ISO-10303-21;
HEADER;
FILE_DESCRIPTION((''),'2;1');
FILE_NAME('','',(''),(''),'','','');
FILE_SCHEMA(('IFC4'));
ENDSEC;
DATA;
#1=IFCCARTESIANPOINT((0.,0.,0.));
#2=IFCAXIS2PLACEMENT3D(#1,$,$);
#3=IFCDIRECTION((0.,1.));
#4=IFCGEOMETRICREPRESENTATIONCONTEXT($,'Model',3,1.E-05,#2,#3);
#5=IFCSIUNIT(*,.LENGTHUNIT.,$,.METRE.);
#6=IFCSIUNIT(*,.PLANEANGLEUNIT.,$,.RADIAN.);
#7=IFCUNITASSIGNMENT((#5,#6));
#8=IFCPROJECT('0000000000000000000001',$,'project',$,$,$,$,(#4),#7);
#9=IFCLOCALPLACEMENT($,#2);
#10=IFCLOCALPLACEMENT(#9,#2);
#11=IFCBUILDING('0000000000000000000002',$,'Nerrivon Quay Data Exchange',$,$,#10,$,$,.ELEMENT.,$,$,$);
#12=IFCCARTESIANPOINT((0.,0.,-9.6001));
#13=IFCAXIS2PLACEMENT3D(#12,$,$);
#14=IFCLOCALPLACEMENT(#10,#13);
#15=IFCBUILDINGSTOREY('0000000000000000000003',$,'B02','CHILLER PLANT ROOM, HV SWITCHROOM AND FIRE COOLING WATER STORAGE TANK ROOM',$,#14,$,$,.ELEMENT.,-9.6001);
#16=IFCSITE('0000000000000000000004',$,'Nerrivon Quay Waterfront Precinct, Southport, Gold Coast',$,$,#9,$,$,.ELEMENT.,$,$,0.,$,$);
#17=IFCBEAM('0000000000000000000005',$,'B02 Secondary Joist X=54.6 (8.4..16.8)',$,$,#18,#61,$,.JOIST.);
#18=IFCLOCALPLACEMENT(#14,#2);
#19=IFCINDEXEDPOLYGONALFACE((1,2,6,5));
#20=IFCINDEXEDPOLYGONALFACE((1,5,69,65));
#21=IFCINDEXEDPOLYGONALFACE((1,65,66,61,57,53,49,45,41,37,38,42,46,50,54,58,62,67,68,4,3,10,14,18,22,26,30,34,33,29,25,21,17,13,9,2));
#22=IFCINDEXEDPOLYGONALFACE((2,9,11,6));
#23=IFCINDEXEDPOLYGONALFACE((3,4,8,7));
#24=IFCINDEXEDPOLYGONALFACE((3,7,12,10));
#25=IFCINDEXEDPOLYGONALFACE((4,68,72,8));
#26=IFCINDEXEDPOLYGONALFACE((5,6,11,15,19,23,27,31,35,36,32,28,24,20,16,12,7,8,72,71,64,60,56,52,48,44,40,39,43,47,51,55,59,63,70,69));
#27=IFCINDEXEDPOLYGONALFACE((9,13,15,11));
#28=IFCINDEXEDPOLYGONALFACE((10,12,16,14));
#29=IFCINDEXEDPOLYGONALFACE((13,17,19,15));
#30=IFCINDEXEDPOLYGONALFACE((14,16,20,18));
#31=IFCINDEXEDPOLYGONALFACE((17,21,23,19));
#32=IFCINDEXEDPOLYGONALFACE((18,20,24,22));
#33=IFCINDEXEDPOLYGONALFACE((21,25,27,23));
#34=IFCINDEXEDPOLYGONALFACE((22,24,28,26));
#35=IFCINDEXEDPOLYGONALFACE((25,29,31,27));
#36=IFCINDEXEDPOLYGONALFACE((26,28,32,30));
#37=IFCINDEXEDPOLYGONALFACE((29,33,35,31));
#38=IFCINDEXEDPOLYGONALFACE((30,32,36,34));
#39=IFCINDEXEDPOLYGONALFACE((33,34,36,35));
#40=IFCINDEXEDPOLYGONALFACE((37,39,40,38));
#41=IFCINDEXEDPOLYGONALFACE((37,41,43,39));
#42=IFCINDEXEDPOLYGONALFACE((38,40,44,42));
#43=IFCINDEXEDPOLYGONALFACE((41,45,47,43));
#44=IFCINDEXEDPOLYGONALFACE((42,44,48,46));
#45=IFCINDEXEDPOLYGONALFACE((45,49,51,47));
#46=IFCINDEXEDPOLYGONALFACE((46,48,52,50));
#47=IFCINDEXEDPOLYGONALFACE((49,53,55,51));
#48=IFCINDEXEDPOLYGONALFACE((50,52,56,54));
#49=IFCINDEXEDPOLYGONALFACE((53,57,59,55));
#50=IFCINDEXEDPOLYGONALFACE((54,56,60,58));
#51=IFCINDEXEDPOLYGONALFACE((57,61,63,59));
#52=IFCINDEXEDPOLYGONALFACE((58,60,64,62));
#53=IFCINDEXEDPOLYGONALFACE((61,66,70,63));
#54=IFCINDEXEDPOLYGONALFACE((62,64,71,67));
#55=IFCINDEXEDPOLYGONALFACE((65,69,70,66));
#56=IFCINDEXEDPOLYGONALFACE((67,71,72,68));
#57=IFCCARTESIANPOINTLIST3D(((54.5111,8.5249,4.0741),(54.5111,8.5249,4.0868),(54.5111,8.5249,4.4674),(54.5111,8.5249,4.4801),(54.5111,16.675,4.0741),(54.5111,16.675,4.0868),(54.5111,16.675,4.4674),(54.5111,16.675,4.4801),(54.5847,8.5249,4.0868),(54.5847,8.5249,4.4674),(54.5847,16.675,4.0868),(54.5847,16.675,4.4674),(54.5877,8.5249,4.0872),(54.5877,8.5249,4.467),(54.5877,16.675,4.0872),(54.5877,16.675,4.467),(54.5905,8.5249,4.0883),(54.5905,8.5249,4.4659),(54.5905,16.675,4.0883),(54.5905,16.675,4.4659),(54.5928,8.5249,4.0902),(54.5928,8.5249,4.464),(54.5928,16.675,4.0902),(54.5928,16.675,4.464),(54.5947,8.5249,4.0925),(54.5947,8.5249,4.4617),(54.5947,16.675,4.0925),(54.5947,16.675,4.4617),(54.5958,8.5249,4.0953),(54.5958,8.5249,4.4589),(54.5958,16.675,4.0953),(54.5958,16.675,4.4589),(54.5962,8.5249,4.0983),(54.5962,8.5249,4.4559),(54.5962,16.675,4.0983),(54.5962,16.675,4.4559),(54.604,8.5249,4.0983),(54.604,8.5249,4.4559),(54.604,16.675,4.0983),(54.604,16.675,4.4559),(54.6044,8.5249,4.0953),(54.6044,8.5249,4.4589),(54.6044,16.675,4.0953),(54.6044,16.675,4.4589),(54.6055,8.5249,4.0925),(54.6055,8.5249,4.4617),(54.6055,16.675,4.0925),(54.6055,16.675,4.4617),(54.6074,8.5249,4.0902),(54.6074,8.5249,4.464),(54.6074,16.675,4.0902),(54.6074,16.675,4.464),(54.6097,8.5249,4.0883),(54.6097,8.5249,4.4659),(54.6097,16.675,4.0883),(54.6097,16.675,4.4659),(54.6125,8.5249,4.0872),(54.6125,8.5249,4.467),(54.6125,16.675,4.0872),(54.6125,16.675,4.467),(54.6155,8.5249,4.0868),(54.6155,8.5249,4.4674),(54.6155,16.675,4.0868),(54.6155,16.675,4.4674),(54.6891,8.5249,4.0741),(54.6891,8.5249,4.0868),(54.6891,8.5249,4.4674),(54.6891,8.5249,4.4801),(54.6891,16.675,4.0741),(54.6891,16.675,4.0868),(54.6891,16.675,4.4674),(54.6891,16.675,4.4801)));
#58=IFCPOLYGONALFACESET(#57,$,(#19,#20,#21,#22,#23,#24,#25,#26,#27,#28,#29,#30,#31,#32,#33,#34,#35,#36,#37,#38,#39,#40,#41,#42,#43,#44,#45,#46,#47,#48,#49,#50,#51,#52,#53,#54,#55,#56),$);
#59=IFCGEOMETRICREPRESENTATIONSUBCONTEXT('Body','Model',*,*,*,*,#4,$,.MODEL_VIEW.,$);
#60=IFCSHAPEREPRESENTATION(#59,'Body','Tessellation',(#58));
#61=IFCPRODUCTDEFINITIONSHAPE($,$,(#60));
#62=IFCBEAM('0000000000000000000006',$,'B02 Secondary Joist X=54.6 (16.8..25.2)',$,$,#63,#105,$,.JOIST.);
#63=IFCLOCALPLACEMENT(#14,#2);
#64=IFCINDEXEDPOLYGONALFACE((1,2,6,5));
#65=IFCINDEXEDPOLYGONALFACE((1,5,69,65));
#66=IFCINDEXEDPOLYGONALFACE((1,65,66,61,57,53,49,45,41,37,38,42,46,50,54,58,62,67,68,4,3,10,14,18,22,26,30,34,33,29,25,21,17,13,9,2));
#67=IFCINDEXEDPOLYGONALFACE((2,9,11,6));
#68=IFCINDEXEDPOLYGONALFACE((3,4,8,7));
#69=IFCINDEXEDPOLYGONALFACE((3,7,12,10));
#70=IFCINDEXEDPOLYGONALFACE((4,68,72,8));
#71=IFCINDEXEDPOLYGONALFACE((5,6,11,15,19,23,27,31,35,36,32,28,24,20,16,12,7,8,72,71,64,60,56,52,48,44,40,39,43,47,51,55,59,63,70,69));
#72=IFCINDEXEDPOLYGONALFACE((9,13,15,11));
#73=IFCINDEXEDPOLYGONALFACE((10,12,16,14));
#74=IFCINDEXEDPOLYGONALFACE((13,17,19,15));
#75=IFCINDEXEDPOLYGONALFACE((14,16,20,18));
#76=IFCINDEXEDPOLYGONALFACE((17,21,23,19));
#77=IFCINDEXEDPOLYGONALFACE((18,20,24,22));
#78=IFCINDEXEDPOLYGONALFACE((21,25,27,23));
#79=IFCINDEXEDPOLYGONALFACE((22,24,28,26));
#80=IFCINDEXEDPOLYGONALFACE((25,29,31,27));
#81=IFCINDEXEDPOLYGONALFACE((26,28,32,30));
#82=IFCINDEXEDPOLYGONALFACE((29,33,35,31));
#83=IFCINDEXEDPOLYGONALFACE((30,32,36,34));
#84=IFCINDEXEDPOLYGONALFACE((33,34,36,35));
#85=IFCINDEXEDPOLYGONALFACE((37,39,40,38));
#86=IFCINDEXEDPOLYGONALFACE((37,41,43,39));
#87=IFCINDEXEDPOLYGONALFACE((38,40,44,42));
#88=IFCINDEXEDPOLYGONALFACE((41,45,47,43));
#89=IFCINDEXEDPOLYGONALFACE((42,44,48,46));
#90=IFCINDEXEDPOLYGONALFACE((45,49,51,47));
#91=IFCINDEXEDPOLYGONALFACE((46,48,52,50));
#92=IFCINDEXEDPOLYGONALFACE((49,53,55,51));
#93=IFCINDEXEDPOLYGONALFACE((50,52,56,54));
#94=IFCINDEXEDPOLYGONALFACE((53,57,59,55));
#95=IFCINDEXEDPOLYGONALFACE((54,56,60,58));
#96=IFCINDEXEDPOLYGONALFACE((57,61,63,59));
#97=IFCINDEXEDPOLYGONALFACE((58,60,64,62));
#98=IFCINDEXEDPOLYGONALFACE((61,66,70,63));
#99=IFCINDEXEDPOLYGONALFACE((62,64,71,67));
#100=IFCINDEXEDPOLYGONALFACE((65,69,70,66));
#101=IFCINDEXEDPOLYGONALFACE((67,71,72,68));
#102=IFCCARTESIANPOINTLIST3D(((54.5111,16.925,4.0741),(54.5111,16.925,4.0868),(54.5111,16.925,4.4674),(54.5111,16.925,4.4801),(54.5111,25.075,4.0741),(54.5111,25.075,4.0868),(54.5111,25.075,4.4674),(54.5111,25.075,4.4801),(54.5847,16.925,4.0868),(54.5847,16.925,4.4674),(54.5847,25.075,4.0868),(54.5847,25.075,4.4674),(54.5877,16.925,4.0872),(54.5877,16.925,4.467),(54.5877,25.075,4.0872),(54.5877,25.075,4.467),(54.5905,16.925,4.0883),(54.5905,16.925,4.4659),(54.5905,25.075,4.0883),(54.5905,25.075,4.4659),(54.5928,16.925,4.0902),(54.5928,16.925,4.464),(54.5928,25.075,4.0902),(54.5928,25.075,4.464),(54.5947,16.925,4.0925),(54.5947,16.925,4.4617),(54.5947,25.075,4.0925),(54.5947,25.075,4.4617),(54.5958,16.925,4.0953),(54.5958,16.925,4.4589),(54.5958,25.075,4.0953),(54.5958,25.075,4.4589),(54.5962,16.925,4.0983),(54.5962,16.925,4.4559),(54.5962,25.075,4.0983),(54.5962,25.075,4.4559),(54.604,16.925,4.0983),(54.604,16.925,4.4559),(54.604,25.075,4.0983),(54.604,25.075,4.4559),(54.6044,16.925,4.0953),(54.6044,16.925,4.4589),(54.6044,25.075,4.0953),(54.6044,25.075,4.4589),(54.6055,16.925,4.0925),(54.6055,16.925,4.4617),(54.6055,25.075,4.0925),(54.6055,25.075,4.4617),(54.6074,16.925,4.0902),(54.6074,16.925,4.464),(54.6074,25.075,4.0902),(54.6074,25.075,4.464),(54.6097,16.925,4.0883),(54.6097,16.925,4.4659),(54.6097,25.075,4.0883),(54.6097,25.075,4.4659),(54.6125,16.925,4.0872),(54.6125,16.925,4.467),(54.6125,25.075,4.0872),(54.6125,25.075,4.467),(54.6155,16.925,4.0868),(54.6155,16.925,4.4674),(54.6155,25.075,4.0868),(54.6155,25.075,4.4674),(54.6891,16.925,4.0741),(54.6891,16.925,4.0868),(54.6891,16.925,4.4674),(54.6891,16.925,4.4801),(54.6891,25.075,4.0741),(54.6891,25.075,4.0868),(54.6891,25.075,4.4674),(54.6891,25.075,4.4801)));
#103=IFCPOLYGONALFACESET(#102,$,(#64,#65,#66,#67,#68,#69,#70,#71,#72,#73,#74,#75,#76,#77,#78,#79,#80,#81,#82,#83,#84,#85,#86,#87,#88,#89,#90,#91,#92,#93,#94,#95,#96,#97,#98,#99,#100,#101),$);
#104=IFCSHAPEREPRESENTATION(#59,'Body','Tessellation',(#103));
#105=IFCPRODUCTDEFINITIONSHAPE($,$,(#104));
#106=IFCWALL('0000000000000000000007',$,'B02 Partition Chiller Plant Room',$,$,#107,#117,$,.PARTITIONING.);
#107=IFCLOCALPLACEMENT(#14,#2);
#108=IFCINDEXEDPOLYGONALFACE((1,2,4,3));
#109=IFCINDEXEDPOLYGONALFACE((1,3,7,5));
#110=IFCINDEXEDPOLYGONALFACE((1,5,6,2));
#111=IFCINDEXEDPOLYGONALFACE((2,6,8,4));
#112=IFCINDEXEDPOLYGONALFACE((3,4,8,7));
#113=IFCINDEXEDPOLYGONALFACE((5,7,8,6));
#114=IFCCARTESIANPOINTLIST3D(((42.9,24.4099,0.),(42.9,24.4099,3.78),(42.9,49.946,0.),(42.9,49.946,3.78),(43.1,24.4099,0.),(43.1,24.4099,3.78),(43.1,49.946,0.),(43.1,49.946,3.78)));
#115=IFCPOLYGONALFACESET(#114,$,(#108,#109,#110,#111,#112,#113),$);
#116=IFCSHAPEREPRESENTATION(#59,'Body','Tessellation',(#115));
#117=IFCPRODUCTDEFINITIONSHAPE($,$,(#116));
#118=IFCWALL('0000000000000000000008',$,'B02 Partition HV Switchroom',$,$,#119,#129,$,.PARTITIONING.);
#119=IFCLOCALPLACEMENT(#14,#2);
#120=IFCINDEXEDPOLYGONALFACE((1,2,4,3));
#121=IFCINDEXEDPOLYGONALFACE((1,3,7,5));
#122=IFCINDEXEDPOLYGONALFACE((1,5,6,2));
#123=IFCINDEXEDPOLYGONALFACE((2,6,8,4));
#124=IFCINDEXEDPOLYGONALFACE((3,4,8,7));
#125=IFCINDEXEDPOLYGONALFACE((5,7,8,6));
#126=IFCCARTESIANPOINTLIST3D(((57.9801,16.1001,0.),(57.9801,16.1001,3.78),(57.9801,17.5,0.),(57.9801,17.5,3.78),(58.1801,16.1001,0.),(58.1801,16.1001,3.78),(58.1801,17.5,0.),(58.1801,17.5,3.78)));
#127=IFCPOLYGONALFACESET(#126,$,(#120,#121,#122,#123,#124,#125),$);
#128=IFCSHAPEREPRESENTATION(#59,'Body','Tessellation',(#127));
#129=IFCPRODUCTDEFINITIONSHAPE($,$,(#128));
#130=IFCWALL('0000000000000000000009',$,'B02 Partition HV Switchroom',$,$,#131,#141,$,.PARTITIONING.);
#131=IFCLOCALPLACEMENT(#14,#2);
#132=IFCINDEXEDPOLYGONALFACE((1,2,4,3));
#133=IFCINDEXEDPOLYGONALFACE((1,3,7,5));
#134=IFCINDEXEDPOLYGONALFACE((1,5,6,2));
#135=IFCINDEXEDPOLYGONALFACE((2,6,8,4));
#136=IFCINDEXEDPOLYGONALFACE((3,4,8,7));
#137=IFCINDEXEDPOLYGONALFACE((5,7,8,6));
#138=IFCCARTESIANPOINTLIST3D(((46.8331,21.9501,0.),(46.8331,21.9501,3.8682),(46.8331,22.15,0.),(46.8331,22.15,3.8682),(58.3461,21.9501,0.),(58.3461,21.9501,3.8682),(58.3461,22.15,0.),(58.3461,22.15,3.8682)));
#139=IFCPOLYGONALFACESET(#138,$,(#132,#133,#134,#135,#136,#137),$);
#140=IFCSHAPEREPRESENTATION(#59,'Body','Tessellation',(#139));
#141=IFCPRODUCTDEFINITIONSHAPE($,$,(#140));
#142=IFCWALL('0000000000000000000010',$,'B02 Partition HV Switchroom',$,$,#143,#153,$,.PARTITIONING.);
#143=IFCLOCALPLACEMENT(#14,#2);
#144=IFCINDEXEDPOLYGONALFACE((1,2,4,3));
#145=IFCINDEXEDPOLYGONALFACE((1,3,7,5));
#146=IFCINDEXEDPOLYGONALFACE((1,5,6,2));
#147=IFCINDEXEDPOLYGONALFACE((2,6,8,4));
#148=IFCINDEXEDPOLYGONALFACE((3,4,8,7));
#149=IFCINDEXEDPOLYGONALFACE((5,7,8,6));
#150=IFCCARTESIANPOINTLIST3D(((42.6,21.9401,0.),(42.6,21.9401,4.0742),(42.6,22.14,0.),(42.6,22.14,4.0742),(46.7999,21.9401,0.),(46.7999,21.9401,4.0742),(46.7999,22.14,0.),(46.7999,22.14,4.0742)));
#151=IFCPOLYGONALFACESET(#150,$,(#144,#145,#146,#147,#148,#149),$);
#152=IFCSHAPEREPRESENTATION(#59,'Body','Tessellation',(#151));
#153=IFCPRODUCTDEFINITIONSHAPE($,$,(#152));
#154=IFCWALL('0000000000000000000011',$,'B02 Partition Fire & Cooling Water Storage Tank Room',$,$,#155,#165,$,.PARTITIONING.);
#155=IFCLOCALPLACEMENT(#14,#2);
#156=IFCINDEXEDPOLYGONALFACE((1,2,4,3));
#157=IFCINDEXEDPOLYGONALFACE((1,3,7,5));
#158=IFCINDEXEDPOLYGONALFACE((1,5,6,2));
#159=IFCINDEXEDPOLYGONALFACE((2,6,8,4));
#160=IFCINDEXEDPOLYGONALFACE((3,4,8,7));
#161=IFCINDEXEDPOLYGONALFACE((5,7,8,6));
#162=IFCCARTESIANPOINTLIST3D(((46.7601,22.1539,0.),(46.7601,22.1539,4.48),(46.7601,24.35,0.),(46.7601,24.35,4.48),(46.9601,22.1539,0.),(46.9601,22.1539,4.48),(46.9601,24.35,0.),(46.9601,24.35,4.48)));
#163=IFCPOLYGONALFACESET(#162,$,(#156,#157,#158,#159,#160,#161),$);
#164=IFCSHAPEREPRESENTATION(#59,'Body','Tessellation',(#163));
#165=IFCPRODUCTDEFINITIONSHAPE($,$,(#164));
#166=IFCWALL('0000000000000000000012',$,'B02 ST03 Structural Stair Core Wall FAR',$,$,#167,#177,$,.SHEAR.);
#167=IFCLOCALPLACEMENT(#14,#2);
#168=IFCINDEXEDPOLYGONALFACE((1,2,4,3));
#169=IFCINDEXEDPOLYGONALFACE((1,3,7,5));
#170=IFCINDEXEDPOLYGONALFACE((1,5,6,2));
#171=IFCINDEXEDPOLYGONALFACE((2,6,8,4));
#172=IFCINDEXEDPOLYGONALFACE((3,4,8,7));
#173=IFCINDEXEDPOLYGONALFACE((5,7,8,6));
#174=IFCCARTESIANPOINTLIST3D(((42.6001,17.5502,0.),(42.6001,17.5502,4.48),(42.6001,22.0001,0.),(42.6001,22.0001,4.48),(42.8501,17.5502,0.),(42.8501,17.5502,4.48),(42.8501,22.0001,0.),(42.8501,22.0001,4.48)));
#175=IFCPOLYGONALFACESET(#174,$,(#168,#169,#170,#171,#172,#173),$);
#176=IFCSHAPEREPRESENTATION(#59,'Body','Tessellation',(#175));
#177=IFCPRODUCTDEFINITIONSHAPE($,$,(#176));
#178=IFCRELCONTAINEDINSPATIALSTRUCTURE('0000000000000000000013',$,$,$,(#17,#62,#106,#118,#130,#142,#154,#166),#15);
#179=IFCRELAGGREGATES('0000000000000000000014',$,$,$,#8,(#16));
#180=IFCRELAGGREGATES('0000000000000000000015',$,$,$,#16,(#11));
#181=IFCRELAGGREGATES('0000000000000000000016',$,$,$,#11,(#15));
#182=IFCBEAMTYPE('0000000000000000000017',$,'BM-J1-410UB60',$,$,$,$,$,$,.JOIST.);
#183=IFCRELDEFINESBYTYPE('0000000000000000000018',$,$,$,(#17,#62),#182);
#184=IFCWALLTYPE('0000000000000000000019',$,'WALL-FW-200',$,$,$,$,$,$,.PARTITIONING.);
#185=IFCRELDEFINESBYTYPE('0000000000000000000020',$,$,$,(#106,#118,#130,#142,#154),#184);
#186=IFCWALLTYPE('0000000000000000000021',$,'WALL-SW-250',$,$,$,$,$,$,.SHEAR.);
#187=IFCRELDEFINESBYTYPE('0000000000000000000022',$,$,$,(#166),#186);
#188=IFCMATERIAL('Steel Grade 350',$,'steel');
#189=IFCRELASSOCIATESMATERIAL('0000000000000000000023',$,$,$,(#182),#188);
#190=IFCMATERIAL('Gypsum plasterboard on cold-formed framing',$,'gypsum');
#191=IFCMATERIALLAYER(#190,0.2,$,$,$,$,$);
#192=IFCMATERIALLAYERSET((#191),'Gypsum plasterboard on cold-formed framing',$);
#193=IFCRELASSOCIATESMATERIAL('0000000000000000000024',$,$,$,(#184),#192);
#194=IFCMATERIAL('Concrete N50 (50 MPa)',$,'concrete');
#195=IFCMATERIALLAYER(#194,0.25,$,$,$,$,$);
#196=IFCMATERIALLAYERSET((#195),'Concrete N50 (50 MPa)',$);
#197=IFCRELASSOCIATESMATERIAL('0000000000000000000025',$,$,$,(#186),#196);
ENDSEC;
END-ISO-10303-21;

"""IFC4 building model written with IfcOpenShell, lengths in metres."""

from ifc_helpers import new_model, si_unit, direction, frame, frame_2d, origin, origin_2d, place, context, subcontext, project, spatial, rectangle, i_section, extrude, material, layer, layer_set, material_profile, profile_set, type_object, element, save


model = new_model("IFC4")

# Units and contexts
model_context = context("Model", 3, precision=1e-05, world=origin(), true_north=direction((0.0, 1.0)))
body_context = subcontext(model_context, "Body", "Model", "MODEL_VIEW")
ifc_project = project(units=[si_unit("LENGTHUNIT", "METRE"), si_unit("PLANEANGLEUNIT", "RADIAN")], contexts=[model_context])

# Site, building, storey
site_placement = place(None, origin())
site = spatial("IfcSite", under=ifc_project, at=site_placement, Name="Nerrivon Quay Waterfront Precinct, Southport, Gold Coast", CompositionType="ELEMENT", RefElevation=0.0)
building_placement = place(site_placement, origin())
building = spatial("IfcBuilding", under=site, at=building_placement, Name="Nerrivon Quay Data Exchange", CompositionType="ELEMENT")
storey_placement = place(building_placement, frame((0.0, 0.0, -9.6001)))
storey = spatial("IfcBuildingStorey", under=building, at=storey_placement, Name="B02", Description="CHILLER PLANT ROOM, HV SWITCHROOM AND FIRE COOLING WATER STORAGE TANK ROOM", CompositionType="ELEMENT", Elevation=-9.6001)

# Shared definitions
ifc_material_1 = material(Name="Concrete N50 (50 MPa)", Category="concrete")

# Beams
ifc_material_2 = material(Name="Steel Grade 350", Category="steel")
ifc_material_profile_1 = material_profile(ifc_material_2, i_section(OverallWidth=0.178, OverallDepth=0.406, WebThickness=0.0078, FlangeThickness=0.0127, FilletRadius=0.0115, at=origin_2d()), Name="410UB59.7")
ifc_profile_set_1 = profile_set([ifc_material_profile_1], Name="Steel Grade 350")
beam_type_1 = type_object("IfcBeamType", Name="BM-J1-410UB60", PredefinedType="JOIST", material=ifc_profile_set_1)
beam_1_placement = place(storey_placement, frame((54.6001, 8.5249, 4.2771), z_axis=(0.0, 1.0, 0.0), x_axis=(-1.0, 0.0, 0.0)))
element("IfcBeam", 1, at=beam_1_placement, inside=storey, type_object=beam_type_1, Name="B02 Secondary Joist X=54.6 (8.4..16.8)", PredefinedType="JOIST", context=body_context, shape_type="SweptSolid", body=[
    extrude(i_section(OverallWidth=0.178, OverallDepth=0.406, WebThickness=0.0078, FlangeThickness=0.0127, FilletRadius=0.0115, at=origin_2d()), origin(), (0.0, 0.0, 1.0), 8.1501),
])
beam_2_placement = place(storey_placement, frame((54.6001, 16.925, 4.2771), z_axis=(0.0, 1.0, 0.0), x_axis=(-1.0, 0.0, 0.0)))
element("IfcBeam", 2, at=beam_2_placement, inside=storey, type_object=beam_type_1, Name="B02 Secondary Joist X=54.6 (16.8..25.2)", PredefinedType="JOIST", context=body_context, shape_type="SweptSolid", body=[
    extrude(i_section(OverallWidth=0.178, OverallDepth=0.406, WebThickness=0.0078, FlangeThickness=0.0127, FilletRadius=0.0115, at=origin_2d()), origin(), (0.0, 0.0, 1.0), 8.1499),
])

# Walls
ifc_material_3 = material(Name="Gypsum plasterboard on cold-formed framing", Category="gypsum")
ifc_layer_1 = layer(ifc_material_3, 0.2)
ifc_layer_set_1 = layer_set([ifc_layer_1], Name="Gypsum plasterboard on cold-formed framing")
wall_type_1 = type_object("IfcWallType", Name="WALL-FW-200", PredefinedType="PARTITIONING", material=ifc_layer_set_1)
wall_1_placement = place(storey_placement, frame((43.0, 24.4099, 0.0), z_axis=(0.0, 0.0, 1.0), x_axis=(0.0, 1.0, 0.0)))
element("IfcWall", 3, at=wall_1_placement, inside=storey, type_object=wall_type_1, Name="B02 Partition Chiller Plant Room", PredefinedType="PARTITIONING", context=body_context, shape_type="SweptSolid", body=[
    extrude(rectangle(XDim=25.5361, YDim=0.2, at=frame_2d((12.7681, 0.0))), origin(), (0.0, 0.0, 1.0), 3.78),
])
wall_2_placement = place(storey_placement, frame((58.0801, 16.1001, 0.0), z_axis=(0.0, 0.0, 1.0), x_axis=(0.0, 1.0, 0.0)))
element("IfcWall", 4, at=wall_2_placement, inside=storey, type_object=wall_type_1, Name="B02 Partition HV Switchroom", PredefinedType="PARTITIONING", context=body_context, shape_type="SweptSolid", body=[
    extrude(rectangle(XDim=1.3999, YDim=0.2, at=frame_2d((0.7, 0.0))), origin(), (0.0, 0.0, 1.0), 3.78),
])
wall_3_placement = place(storey_placement, frame((58.3459, 22.05, 0.0), z_axis=(0.0, 0.0, 1.0), x_axis=(-1.0, 0.0, 0.0)))
element("IfcWall", 5, at=wall_3_placement, inside=storey, type_object=wall_type_1, Name="B02 Partition HV Switchroom", PredefinedType="PARTITIONING", context=body_context, shape_type="SweptSolid", body=[
    extrude(rectangle(XDim=11.5129, YDim=0.2, at=frame_2d((5.7563, 0.0))), origin(), (0.0, 0.0, 1.0), 3.8682),
])
wall_4_placement = place(storey_placement, frame((46.8, 22.04, 0.0), z_axis=(0.0, 0.0, 1.0), x_axis=(-1.0, 0.0, 0.0)))
element("IfcWall", 6, at=wall_4_placement, inside=storey, type_object=wall_type_1, Name="B02 Partition HV Switchroom", PredefinedType="PARTITIONING", context=body_context, shape_type="SweptSolid", body=[
    extrude(rectangle(XDim=4.2, YDim=0.2, at=frame_2d((2.1001, 0.0))), origin(), (0.0, 0.0, 1.0), 4.0742),
])

# Walls
wall_5_placement = place(storey_placement, frame((46.8601, 24.3501, 0.0), z_axis=(0.0, 0.0, 1.0), x_axis=(0.0, -1.0, 0.0)))
element("IfcWall", 7, at=wall_5_placement, inside=storey, type_object=wall_type_1, Name="B02 Partition Fire & Cooling Water Storage Tank Room", PredefinedType="PARTITIONING", context=body_context, shape_type="SweptSolid", body=[
    extrude(rectangle(XDim=2.196, YDim=0.2, at=frame_2d((1.0981, 0.0))), origin(), (0.0, 0.0, 1.0), 4.48),
])
ifc_layer_2 = layer(ifc_material_1, 0.25)
ifc_layer_set_2 = layer_set([ifc_layer_2], Name="Concrete N50 (50 MPa)")
wall_type_2 = type_object("IfcWallType", Name="WALL-SW-250", PredefinedType="SHEAR", material=ifc_layer_set_2)
wall_6_placement = place(storey_placement, frame((42.7251, 17.55, 0.0), z_axis=(0.0, 0.0, 1.0), x_axis=(0.0, 1.0, 0.0)))
element("IfcWall", 8, at=wall_6_placement, inside=storey, type_object=wall_type_2, Name="B02 ST03 Structural Stair Core Wall FAR", PredefinedType="SHEAR", context=body_context, shape_type="SweptSolid", body=[
    extrude(rectangle(XDim=4.45, YDim=0.25, at=frame_2d((2.2251, 0.0))), origin(), (0.0, 0.0, 1.0), 4.48),
])

save(model, "model.ifc")
